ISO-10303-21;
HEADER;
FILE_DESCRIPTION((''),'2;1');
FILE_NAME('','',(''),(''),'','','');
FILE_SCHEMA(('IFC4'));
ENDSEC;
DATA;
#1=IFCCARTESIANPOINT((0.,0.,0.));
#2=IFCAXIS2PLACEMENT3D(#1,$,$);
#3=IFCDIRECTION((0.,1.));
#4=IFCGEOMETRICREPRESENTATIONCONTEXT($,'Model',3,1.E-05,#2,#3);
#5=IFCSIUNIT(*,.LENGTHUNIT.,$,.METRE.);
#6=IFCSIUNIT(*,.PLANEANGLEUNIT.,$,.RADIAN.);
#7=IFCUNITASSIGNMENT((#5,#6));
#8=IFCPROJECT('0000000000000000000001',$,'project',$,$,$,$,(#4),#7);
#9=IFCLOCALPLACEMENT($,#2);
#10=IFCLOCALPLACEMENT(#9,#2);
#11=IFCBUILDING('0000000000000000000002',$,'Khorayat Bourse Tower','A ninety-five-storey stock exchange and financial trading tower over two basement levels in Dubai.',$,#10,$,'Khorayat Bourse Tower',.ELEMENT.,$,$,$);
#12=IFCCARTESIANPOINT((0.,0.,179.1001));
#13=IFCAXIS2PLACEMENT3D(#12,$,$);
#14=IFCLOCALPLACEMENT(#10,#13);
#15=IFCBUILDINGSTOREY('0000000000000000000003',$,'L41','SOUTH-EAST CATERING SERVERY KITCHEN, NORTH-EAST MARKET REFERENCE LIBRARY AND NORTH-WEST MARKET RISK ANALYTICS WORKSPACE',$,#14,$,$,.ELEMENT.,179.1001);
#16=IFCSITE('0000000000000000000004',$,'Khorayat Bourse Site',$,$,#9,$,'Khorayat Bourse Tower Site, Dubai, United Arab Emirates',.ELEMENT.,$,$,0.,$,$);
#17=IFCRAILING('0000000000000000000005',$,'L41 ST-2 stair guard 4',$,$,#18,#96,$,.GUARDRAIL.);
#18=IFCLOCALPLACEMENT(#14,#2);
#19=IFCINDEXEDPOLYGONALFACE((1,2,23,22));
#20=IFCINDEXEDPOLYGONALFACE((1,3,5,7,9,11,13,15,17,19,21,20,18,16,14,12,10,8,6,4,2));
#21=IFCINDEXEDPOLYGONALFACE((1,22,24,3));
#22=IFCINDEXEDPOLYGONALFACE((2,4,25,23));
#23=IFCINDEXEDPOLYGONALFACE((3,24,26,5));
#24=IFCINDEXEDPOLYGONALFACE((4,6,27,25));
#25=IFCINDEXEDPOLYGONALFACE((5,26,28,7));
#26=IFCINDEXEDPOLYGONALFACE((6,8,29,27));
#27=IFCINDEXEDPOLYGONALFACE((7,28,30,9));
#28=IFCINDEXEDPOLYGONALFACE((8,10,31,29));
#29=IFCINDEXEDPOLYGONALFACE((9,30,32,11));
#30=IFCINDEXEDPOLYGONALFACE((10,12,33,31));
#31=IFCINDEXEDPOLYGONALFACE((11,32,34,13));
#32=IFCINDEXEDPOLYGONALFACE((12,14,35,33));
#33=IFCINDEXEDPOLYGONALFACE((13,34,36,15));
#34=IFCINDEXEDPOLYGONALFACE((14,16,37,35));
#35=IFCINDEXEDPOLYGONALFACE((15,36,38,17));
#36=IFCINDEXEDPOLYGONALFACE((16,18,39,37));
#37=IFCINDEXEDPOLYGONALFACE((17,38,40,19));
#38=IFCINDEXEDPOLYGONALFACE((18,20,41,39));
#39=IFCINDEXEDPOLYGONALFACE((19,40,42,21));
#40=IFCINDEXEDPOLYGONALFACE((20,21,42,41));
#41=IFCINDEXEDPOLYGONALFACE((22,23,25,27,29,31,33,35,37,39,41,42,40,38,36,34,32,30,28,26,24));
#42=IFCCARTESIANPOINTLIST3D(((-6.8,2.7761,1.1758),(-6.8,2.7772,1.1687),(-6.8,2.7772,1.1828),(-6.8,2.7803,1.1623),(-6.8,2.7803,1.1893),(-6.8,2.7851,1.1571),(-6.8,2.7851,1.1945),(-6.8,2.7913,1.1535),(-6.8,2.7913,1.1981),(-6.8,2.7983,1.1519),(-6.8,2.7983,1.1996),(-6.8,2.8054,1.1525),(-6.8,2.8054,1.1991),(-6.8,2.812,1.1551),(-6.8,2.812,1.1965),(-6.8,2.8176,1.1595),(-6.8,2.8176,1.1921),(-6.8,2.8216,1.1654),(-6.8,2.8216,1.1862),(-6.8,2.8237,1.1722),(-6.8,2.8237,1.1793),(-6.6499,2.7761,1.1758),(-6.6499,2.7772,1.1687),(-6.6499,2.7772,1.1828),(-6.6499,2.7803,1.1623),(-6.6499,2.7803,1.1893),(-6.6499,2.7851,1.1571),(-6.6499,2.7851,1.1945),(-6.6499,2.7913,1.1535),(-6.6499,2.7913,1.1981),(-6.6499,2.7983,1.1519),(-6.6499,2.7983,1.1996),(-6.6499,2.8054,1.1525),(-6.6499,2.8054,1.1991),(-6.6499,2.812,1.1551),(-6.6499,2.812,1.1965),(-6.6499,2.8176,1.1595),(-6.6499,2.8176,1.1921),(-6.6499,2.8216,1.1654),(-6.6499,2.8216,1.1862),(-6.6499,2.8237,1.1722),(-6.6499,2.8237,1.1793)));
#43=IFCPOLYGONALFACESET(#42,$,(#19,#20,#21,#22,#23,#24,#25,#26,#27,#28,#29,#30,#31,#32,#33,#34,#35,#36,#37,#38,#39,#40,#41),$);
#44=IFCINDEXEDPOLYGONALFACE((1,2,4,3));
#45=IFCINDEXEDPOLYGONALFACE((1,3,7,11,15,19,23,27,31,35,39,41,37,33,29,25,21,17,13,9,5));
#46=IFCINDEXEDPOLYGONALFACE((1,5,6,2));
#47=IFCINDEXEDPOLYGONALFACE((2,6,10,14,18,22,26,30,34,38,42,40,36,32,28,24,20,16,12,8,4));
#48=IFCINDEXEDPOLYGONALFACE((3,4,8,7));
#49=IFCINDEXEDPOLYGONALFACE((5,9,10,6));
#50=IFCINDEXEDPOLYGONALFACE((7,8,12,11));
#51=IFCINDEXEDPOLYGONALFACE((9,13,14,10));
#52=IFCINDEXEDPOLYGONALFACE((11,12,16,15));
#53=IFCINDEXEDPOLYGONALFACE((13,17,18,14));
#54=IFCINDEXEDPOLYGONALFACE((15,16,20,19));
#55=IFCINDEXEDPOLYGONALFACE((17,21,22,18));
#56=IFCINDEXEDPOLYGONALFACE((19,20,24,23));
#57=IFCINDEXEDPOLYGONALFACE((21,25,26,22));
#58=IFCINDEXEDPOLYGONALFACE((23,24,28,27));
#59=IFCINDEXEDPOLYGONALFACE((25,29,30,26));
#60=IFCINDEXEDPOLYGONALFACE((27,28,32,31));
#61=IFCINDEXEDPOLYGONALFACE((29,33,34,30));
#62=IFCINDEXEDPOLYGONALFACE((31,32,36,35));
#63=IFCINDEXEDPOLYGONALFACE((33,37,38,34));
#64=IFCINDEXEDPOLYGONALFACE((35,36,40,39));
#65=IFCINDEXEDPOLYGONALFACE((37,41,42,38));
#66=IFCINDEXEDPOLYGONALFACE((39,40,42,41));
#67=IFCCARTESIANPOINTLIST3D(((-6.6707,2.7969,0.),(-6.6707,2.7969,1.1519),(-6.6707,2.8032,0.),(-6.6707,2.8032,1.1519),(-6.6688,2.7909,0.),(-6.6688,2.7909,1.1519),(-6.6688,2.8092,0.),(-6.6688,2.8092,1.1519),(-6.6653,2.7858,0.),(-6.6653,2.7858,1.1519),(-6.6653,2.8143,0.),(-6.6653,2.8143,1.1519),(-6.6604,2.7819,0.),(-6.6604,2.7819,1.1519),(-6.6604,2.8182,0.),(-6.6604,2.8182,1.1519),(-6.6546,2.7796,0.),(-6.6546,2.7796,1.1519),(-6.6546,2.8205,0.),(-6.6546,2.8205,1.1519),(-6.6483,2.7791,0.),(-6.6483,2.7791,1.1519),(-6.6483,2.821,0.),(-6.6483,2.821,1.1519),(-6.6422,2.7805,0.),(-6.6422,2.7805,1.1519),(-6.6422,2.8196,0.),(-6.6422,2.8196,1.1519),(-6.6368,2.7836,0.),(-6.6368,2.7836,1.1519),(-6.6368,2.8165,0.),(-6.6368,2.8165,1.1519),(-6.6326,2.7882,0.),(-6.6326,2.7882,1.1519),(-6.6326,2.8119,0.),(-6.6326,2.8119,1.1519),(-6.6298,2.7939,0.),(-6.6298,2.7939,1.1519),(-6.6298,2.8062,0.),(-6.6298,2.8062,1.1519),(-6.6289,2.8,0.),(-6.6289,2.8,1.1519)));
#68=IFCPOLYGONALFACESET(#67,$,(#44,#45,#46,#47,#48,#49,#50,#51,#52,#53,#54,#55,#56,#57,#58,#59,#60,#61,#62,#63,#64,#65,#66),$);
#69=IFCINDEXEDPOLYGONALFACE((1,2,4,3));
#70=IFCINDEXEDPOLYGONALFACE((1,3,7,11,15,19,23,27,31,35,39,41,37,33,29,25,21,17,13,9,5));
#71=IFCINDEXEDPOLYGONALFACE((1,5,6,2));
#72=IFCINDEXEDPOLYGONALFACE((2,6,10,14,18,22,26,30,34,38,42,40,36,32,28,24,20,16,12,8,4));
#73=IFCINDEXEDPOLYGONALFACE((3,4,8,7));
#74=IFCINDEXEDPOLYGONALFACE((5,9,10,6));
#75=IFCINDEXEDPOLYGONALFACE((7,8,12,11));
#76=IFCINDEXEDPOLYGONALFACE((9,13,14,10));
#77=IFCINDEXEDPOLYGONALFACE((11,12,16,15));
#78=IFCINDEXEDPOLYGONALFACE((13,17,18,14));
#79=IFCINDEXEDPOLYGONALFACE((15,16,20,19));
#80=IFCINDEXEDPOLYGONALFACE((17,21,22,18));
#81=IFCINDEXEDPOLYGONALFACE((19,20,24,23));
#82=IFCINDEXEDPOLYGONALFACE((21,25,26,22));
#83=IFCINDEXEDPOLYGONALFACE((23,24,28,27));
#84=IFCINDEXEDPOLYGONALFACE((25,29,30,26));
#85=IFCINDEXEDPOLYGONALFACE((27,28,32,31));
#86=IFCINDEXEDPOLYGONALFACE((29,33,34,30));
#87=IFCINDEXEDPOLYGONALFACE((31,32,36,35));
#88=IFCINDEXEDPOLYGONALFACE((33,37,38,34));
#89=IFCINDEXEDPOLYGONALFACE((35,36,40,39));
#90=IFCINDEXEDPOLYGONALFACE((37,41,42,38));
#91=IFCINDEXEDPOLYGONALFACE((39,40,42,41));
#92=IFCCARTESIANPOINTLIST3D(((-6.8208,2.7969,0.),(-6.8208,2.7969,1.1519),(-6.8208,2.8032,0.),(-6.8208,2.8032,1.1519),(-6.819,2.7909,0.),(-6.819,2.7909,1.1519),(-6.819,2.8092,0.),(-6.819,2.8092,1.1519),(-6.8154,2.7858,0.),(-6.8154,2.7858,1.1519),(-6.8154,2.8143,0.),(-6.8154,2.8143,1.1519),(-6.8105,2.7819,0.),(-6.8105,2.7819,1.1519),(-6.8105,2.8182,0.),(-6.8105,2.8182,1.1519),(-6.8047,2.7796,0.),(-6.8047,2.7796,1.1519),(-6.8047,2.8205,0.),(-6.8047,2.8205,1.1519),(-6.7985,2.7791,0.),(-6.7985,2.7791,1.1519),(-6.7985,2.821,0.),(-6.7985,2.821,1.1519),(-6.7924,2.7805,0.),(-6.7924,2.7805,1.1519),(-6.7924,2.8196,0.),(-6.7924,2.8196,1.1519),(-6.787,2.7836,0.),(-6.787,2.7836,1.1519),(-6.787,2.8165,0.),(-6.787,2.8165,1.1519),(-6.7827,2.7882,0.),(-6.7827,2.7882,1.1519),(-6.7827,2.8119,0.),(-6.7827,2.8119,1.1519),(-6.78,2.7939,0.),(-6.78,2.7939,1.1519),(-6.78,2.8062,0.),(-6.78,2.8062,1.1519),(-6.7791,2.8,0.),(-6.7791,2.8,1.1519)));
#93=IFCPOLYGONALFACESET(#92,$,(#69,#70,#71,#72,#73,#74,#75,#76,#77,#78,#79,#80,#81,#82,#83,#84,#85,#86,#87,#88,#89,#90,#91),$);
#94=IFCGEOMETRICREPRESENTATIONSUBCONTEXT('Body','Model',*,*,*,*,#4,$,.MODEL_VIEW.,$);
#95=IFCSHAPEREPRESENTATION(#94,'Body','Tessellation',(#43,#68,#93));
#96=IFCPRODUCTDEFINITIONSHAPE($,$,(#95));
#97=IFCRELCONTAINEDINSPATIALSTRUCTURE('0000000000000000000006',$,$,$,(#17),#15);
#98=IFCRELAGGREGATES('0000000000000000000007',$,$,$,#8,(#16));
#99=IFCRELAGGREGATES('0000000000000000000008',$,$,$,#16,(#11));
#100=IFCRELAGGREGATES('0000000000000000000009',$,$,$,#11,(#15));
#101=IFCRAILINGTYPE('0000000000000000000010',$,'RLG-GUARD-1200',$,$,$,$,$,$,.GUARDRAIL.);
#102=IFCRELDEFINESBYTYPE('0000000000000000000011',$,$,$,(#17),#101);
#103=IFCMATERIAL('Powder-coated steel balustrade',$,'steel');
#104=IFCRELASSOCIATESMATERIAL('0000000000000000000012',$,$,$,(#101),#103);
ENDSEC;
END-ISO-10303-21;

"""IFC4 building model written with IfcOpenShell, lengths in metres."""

from ifc_helpers import new_model, si_unit, direction, frame, origin, origin_2d, place, context, subcontext, project, spatial, circle, extrude, source, transform, mapped, material, type_object, element, save


model = new_model("IFC4")

# Units and contexts
model_context = context("Model", 3, precision=1e-05, world=origin(), true_north=direction((0.0, 1.0)))
body_context = subcontext(model_context, "Body", "Model", "MODEL_VIEW")
ifc_project = project(units=[si_unit("LENGTHUNIT", "METRE"), si_unit("PLANEANGLEUNIT", "RADIAN")], contexts=[model_context])

# Site, building, storey
site_placement = place(None, origin())
site = spatial("IfcSite", under=ifc_project, at=site_placement, Name="Khorayat Bourse Site", LongName="Khorayat Bourse Tower Site, Dubai, United Arab Emirates", CompositionType="ELEMENT", RefElevation=0.0)
building_placement = place(site_placement, origin())
building = spatial("IfcBuilding", under=site, at=building_placement, Name="Khorayat Bourse Tower", Description="A ninety-five-storey stock exchange and financial trading tower over two basement levels in Dubai.", LongName="Khorayat Bourse Tower", CompositionType="ELEMENT")
storey_placement = place(building_placement, frame((0.0, 0.0, 179.1001)))
storey = spatial("IfcBuildingStorey", under=building, at=storey_placement, Name="L41", Description="SOUTH-EAST CATERING SERVERY KITCHEN, NORTH-EAST MARKET REFERENCE LIBRARY AND NORTH-WEST MARKET RISK ANALYTICS WORKSPACE", CompositionType="ELEMENT", Elevation=179.1001)

# Railing
ifc_material_1 = material(Name="Powder-coated steel balustrade", Category="steel")
railing_type_1 = type_object("IfcRailingType", Name="RLG-GUARD-1200", PredefinedType="GUARDRAIL", material=ifc_material_1)
shared_shape_1 = source(origin(), body_context, "Body", "SweptSolid", [
    extrude(circle(Radius=0.0239, at=origin_2d()), frame((0.0, 0.0, 1.1758), z_axis=(-1.0, 0.0, 0.0), x_axis=(0.0, -1.0, 0.0)), (0.0, 0.0, 1.0), 0.1501),
    extrude(circle(Radius=0.021, at=origin_2d()), origin(), (0.0, 0.0, 1.0), 1.1519),
    extrude(circle(Radius=0.021, at=origin_2d()), frame((-0.1501, 0.0, 0.0)), (0.0, 0.0, 1.0), 1.1519),
])
for number, where, name in (
    (1, (-6.6499, 2.8, 0.0), "L41 ST-2 stair guard 4"),
):
    element("IfcRailing", number, at=place(storey_placement, frame(where)), inside=storey, type_object=railing_type_1, Name=name, PredefinedType="GUARDRAIL", context=body_context, shape_type="MappedRepresentation", body=[
        mapped(shared_shape_1, transform((0.0, 0.0, 0.0), scale=1.0)),
    ])

save(model, "model.ifc")
